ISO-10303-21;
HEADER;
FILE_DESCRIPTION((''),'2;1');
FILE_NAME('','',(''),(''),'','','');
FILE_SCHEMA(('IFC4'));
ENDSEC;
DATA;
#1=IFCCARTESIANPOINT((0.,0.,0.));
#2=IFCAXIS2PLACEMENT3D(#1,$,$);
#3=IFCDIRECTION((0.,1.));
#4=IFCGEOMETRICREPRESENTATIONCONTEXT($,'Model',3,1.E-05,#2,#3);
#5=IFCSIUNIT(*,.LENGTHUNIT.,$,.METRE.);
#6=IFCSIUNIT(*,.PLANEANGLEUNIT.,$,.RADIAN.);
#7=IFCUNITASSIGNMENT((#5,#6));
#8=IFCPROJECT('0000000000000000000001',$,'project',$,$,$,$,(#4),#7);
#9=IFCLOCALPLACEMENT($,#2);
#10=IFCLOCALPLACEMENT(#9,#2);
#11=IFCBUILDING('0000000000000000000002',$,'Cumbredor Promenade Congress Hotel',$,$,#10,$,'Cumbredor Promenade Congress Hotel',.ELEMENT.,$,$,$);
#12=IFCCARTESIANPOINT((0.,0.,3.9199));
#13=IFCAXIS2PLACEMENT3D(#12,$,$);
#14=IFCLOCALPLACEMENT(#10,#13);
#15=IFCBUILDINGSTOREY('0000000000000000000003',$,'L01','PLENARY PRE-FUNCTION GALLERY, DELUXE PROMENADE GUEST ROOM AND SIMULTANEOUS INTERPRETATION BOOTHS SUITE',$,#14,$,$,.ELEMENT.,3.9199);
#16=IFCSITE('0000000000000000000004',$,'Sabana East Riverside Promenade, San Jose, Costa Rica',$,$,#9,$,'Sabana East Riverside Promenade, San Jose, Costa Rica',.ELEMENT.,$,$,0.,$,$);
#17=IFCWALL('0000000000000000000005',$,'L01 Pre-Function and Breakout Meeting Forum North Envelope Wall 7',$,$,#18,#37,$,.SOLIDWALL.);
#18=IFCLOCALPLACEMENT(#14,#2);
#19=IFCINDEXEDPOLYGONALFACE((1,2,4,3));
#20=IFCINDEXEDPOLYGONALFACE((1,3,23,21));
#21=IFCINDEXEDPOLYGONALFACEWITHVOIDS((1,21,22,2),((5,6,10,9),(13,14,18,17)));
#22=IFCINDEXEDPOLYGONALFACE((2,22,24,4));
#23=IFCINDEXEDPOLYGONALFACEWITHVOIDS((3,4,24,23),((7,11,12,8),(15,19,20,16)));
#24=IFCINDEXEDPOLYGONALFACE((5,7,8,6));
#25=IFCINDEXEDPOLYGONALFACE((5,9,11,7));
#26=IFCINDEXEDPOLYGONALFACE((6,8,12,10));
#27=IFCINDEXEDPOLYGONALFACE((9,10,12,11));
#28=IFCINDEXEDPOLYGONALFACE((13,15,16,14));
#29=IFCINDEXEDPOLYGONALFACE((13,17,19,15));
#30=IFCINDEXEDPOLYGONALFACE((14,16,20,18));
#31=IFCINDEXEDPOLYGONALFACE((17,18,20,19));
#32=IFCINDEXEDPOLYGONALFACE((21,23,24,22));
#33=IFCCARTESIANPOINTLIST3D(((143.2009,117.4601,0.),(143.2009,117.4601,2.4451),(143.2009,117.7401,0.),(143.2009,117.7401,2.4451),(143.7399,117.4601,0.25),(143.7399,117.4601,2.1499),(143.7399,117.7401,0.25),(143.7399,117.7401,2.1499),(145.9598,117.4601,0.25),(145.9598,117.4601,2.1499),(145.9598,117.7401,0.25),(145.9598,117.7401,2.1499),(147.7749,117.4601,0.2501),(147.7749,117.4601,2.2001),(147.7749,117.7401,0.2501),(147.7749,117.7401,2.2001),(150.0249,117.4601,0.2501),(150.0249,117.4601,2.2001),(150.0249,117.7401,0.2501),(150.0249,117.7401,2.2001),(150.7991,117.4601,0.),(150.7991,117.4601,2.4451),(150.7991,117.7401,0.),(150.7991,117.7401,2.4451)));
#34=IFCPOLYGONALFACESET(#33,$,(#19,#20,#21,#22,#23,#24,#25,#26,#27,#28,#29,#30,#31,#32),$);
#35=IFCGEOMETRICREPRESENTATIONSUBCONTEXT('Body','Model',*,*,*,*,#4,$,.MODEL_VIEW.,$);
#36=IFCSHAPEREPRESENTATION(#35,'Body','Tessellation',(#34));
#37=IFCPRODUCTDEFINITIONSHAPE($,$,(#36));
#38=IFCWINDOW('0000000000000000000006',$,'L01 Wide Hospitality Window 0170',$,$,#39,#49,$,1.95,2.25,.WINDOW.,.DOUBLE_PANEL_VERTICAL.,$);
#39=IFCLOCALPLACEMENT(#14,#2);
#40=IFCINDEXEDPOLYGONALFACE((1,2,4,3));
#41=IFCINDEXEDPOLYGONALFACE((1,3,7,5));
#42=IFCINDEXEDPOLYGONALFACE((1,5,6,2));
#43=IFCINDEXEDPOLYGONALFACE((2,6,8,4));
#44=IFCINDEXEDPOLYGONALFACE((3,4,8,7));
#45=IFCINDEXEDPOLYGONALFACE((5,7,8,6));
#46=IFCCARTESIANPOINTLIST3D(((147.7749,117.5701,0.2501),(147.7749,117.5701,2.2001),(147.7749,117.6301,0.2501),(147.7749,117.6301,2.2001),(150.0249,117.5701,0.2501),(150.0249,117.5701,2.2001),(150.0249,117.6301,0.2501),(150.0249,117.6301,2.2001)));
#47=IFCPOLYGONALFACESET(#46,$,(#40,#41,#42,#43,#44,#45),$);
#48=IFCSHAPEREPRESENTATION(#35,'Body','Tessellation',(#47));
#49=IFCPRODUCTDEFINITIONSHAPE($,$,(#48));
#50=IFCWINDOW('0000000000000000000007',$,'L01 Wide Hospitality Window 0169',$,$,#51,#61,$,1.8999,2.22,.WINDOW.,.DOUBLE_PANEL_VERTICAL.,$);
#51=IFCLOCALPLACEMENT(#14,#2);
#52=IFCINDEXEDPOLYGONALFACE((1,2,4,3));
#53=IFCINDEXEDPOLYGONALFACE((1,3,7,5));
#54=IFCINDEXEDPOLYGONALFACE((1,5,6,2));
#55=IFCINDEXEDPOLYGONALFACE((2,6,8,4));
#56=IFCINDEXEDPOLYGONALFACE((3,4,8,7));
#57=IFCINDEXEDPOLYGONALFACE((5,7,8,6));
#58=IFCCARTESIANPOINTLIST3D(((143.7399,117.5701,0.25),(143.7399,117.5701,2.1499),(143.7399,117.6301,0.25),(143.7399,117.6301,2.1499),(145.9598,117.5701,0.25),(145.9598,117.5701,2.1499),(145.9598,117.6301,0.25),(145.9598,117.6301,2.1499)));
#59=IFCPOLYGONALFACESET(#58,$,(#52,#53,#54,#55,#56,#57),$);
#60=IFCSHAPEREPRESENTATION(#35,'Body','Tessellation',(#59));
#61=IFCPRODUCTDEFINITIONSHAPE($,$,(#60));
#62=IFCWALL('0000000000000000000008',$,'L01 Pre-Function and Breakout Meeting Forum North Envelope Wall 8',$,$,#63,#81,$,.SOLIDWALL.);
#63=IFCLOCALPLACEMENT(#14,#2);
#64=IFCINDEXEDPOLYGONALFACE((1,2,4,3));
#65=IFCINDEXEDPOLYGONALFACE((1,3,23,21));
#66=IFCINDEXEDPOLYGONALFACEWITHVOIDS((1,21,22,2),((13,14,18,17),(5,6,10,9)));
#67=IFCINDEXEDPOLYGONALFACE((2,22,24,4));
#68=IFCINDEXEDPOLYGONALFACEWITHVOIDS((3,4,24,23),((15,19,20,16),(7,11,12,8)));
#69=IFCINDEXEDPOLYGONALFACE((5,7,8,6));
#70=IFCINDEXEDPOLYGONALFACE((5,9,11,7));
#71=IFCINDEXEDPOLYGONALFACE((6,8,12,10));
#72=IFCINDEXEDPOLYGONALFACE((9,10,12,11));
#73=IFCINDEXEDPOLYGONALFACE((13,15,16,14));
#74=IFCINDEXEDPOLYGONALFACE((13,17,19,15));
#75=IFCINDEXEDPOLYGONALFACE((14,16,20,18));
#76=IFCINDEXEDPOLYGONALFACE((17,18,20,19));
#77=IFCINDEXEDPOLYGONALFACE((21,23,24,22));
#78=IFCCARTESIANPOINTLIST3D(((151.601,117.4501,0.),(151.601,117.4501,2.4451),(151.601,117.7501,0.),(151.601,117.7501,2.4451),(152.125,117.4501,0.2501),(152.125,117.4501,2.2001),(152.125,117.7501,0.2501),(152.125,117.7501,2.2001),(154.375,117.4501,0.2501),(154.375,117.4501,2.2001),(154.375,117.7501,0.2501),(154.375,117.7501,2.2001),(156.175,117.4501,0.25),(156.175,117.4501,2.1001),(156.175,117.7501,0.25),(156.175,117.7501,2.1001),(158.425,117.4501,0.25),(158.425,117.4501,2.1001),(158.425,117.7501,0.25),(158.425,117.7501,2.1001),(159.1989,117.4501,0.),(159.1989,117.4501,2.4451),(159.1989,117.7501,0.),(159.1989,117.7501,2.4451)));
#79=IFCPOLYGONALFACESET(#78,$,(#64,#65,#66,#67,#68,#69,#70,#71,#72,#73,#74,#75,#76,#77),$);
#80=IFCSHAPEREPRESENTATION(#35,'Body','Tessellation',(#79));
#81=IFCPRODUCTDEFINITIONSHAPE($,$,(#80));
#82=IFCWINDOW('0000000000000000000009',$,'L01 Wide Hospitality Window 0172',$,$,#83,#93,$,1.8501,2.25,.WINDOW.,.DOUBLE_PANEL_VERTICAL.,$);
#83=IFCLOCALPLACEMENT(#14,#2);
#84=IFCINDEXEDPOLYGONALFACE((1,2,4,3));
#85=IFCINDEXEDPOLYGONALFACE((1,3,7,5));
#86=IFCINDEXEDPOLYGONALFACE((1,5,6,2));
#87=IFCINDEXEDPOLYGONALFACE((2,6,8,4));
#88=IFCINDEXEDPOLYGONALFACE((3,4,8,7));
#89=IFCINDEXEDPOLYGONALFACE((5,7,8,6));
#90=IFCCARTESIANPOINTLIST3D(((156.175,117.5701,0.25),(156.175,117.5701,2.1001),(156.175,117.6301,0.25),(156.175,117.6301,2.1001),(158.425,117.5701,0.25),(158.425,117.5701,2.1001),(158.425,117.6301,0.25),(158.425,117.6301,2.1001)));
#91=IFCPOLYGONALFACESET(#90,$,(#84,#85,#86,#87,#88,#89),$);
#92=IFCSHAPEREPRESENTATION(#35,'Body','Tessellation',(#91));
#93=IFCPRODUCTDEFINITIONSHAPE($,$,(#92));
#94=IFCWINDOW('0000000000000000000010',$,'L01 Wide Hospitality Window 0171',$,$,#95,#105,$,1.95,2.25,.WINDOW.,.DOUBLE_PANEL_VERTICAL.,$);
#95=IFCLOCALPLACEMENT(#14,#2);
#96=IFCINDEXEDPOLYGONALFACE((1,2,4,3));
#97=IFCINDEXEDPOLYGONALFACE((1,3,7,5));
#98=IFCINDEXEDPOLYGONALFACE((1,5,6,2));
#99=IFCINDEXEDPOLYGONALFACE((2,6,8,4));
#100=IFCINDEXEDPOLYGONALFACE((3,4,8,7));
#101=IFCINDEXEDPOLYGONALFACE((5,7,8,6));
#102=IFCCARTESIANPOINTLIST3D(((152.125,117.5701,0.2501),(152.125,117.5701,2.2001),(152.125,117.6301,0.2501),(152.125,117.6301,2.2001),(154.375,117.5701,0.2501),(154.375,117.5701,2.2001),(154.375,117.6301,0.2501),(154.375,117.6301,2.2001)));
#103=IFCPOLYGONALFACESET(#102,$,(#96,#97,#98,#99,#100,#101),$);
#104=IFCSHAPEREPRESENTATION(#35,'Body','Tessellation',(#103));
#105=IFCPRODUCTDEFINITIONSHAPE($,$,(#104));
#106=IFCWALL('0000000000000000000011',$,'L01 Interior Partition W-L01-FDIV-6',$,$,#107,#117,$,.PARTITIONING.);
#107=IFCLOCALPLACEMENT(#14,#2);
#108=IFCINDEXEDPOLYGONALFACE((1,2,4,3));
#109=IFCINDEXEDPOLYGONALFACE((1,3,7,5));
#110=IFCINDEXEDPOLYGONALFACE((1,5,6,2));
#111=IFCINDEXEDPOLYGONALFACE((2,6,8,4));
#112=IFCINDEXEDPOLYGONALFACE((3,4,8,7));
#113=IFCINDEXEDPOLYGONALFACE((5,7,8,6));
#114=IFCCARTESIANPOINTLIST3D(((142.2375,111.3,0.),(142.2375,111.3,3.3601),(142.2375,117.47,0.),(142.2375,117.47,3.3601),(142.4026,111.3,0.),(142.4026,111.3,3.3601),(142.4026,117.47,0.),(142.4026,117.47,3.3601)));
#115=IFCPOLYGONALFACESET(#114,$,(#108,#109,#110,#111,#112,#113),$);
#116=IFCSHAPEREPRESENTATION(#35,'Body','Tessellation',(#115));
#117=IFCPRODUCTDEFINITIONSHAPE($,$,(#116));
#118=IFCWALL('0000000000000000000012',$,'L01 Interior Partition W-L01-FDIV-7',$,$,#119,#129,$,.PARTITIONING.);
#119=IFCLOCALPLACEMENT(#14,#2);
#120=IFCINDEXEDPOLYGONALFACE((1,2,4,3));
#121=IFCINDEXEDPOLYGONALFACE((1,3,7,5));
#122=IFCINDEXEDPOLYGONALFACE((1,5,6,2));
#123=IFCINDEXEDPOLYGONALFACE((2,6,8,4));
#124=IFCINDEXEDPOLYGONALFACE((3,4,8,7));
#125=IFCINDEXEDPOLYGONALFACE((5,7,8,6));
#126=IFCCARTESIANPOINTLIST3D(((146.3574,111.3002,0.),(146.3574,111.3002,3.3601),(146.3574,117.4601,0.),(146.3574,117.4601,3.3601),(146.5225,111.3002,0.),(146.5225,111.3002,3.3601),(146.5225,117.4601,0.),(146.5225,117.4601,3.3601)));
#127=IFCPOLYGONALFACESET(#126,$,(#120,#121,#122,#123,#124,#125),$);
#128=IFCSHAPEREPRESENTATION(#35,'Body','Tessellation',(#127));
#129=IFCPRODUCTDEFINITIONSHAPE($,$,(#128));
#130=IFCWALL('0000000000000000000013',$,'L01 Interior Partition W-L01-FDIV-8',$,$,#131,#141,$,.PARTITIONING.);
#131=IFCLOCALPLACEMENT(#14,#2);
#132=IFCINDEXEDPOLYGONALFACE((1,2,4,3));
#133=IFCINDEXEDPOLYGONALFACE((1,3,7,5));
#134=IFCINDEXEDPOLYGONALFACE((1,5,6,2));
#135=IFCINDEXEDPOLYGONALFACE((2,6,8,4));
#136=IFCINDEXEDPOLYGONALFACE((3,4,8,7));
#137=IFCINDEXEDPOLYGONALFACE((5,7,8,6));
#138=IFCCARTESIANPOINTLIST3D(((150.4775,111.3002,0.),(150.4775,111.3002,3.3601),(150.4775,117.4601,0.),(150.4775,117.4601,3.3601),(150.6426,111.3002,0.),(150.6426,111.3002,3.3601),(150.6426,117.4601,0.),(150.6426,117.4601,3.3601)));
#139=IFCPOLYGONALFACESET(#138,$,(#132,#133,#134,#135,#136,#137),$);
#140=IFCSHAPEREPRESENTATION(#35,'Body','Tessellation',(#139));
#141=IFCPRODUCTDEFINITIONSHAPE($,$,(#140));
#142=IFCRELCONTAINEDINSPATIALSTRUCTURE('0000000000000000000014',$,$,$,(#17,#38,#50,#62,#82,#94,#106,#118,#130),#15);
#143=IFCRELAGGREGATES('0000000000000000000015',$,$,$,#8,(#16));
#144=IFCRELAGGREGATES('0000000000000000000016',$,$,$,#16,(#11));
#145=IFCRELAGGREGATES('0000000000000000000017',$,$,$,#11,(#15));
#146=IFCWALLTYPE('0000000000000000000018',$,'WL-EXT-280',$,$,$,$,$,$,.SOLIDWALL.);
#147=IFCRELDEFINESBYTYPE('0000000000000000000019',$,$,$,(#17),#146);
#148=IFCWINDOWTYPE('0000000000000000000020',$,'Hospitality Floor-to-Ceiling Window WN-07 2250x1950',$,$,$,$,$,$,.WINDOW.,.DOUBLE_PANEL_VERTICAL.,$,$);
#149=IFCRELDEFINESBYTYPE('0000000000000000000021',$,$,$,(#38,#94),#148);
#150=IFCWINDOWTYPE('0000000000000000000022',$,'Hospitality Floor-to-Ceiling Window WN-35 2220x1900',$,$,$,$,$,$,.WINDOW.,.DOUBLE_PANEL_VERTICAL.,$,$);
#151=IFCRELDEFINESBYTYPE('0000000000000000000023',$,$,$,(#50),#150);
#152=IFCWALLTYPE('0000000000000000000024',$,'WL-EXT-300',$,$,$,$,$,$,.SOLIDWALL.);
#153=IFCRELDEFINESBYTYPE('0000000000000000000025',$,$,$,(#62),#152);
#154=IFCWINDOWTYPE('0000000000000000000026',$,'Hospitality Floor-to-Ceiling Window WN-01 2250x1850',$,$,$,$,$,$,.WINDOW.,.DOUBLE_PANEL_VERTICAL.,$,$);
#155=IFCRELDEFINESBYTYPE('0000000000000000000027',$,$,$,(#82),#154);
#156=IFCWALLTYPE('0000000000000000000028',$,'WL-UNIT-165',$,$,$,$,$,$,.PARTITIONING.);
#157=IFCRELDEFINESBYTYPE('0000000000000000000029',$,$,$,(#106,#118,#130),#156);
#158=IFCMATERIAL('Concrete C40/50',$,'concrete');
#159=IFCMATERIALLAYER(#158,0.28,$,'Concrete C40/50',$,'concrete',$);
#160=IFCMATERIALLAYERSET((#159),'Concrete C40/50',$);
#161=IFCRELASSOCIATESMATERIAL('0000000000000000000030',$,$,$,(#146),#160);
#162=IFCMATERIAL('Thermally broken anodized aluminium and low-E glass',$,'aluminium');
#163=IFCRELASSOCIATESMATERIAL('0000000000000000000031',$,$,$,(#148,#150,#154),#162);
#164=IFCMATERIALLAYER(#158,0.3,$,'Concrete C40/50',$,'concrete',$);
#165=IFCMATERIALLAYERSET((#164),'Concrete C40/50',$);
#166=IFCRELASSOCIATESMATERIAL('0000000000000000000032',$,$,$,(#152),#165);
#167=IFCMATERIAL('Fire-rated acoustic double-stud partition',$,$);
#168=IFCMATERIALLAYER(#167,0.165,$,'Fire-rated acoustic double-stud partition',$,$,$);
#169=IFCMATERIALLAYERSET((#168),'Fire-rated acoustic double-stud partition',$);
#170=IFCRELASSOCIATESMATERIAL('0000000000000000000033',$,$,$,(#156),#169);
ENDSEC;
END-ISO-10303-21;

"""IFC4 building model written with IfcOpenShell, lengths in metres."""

from ifc_helpers import new_model, si_unit, direction, frame, frame_2d, origin, place, context, subcontext, project, spatial, rectangle, extrude, material, layer, layer_set, type_object, element, fill, save


model = new_model("IFC4")

# Units and contexts
model_context = context("Model", 3, precision=1e-05, world=origin(), true_north=direction((0.0, 1.0)))
body_context = subcontext(model_context, "Body", "Model", "MODEL_VIEW")
ifc_project = project(units=[si_unit("LENGTHUNIT", "METRE"), si_unit("PLANEANGLEUNIT", "RADIAN")], contexts=[model_context])

# Site, building, storey
site_placement = place(None, origin())
site = spatial("IfcSite", under=ifc_project, at=site_placement, Name="Sabana East Riverside Promenade, San Jose, Costa Rica", LongName="Sabana East Riverside Promenade, San Jose, Costa Rica", CompositionType="ELEMENT", RefElevation=0.0)
building_placement = place(site_placement, origin())
building = spatial("IfcBuilding", under=site, at=building_placement, Name="Cumbredor Promenade Congress Hotel", LongName="Cumbredor Promenade Congress Hotel", CompositionType="ELEMENT")
storey_placement = place(building_placement, frame((0.0, 0.0, 3.9199)))
storey = spatial("IfcBuildingStorey", under=building, at=storey_placement, Name="L01", Description="PLENARY PRE-FUNCTION GALLERY, DELUXE PROMENADE GUEST ROOM AND SIMULTANEOUS INTERPRETATION BOOTHS SUITE", CompositionType="ELEMENT", Elevation=3.9199)

# Shared definitions
ifc_material_1 = material(Name="Thermally broken anodized aluminium and low-E glass", Category="aluminium")

# Shared definitions
ifc_material_2 = material(Name="Concrete C40/50", Category="concrete")

# Walls, openings, windows
ifc_layer_1 = layer(ifc_material_2, 0.28, Name="Concrete C40/50", Category="concrete")
ifc_layer_set_1 = layer_set([ifc_layer_1], Name="Concrete C40/50")
wall_type_1 = type_object("IfcWallType", Name="WL-EXT-280", PredefinedType="SOLIDWALL", material=ifc_layer_set_1)
wall_1_placement = place(storey_placement, frame((143.2009, 117.6001, 0.0), z_axis=(0.0, 0.0, 1.0), x_axis=(1.0, 0.0, 0.0)))
wall_1 = element("IfcWall", 1, at=wall_1_placement, inside=storey, type_object=wall_type_1, Name="L01 Pre-Function and Breakout Meeting Forum North Envelope Wall 7", PredefinedType="SOLIDWALL", context=body_context, shape_type="SweptSolid", body=[
    extrude(rectangle(XDim=7.5981, YDim=0.28, at=frame_2d((3.7991, 0.0))), origin(), (0.0, 0.0, 1.0), 2.4451),
])
opening_1_placement = place(wall_1_placement, frame((0.5391, 0.0, 0.25)))
opening_1 = element("IfcOpeningElement", 2, at=opening_1_placement, cuts=wall_1, PredefinedType="OPENING", context=body_context, shape_type="SweptSolid", body=[
    extrude(rectangle(XDim=2.22, YDim=1.8999, at=frame_2d((1.1099, 0.95))), frame((0.0, 0.1499, 0.0), z_axis=(0.0, -1.0, 0.0), x_axis=(1.0, 0.0, 0.0)), (0.0, 0.0, 1.0), 0.3),
])
opening_2_placement = place(wall_1_placement, frame((4.574, 0.0, 0.25)))
opening_2 = element("IfcOpeningElement", 3, at=opening_2_placement, cuts=wall_1, PredefinedType="OPENING", context=body_context, shape_type="SweptSolid", body=[
    extrude(rectangle(XDim=2.25, YDim=1.95, at=frame_2d((1.125, 0.9751))), frame((0.0, 0.1499, 0.0), z_axis=(0.0, -1.0, 0.0), x_axis=(1.0, 0.0, 0.0)), (0.0, 0.0, 1.0), 0.3),
])
window_type_1 = type_object("IfcWindowType", Name="Hospitality Floor-to-Ceiling Window WN-07 2250x1950", PartitioningType="DOUBLE_PANEL_VERTICAL", PredefinedType="WINDOW", material=ifc_material_1)
window_1_placement = place(opening_2_placement, origin())
window_1 = element("IfcWindow", 4, at=window_1_placement, inside=storey, type_object=window_type_1, Name="L01 Wide Hospitality Window 0170", OverallHeight=1.95, OverallWidth=2.25, PartitioningType="DOUBLE_PANEL_VERTICAL", PredefinedType="WINDOW", context=body_context, shape_type="SweptSolid", body=[
    extrude(rectangle(XDim=2.25, YDim=1.95, at=frame_2d((1.125, 0.9751))), frame((0.0, 0.03, 0.0), z_axis=(0.0, -1.0, 0.0), x_axis=(1.0, 0.0, 0.0)), (0.0, 0.0, 1.0), 0.0601),
])
fill(opening_2, window_1)
window_type_2 = type_object("IfcWindowType", Name="Hospitality Floor-to-Ceiling Window WN-35 2220x1900", PartitioningType="DOUBLE_PANEL_VERTICAL", PredefinedType="WINDOW", material=ifc_material_1)
window_2_placement = place(opening_1_placement, origin())
window_2 = element("IfcWindow", 5, at=window_2_placement, inside=storey, type_object=window_type_2, Name="L01 Wide Hospitality Window 0169", OverallHeight=1.8999, OverallWidth=2.22, PartitioningType="DOUBLE_PANEL_VERTICAL", PredefinedType="WINDOW", context=body_context, shape_type="SweptSolid", body=[
    extrude(rectangle(XDim=2.22, YDim=1.8999, at=frame_2d((1.1099, 0.95))), frame((0.0, 0.03, 0.0), z_axis=(0.0, -1.0, 0.0), x_axis=(1.0, 0.0, 0.0)), (0.0, 0.0, 1.0), 0.0601),
])
fill(opening_1, window_2)
ifc_layer_2 = layer(ifc_material_2, 0.3, Name="Concrete C40/50", Category="concrete")
ifc_layer_set_2 = layer_set([ifc_layer_2], Name="Concrete C40/50")
wall_type_2 = type_object("IfcWallType", Name="WL-EXT-300", PredefinedType="SOLIDWALL", material=ifc_layer_set_2)
wall_2_placement = place(storey_placement, frame((151.6011, 117.6001, 0.0), z_axis=(0.0, 0.0, 1.0), x_axis=(1.0, 0.0, 0.0)))
wall_2 = element("IfcWall", 6, at=wall_2_placement, inside=storey, type_object=wall_type_2, Name="L01 Pre-Function and Breakout Meeting Forum North Envelope Wall 8", PredefinedType="SOLIDWALL", context=body_context, shape_type="SweptSolid", body=[
    extrude(rectangle(XDim=7.5979, YDim=0.3, at=frame_2d((3.7988, 0.0))), origin(), (0.0, 0.0, 1.0), 2.4451),
])
opening_3_placement = place(wall_2_placement, frame((0.5239, 0.0, 0.25)))
opening_3 = element("IfcOpeningElement", 7, at=opening_3_placement, cuts=wall_2, PredefinedType="OPENING", context=body_context, shape_type="SweptSolid", body=[
    extrude(rectangle(XDim=2.25, YDim=1.95, at=frame_2d((1.125, 0.9751))), frame((0.0, 0.1602, 0.0), z_axis=(0.0, -1.0, 0.0), x_axis=(1.0, 0.0, 0.0)), (0.0, 0.0, 1.0), 0.3201),
])
opening_4_placement = place(wall_2_placement, frame((4.574, 0.0, 0.25)))
opening_4 = element("IfcOpeningElement", 8, at=opening_4_placement, cuts=wall_2, PredefinedType="OPENING", context=body_context, shape_type="SweptSolid", body=[
    extrude(rectangle(XDim=2.25, YDim=1.8501, at=frame_2d((1.125, 0.925))), frame((0.0, 0.1602, 0.0), z_axis=(0.0, -1.0, 0.0), x_axis=(1.0, 0.0, 0.0)), (0.0, 0.0, 1.0), 0.3201),
])
window_type_3 = type_object("IfcWindowType", Name="Hospitality Floor-to-Ceiling Window WN-01 2250x1850", PartitioningType="DOUBLE_PANEL_VERTICAL", PredefinedType="WINDOW", material=ifc_material_1)
window_3_placement = place(opening_4_placement, origin())
window_3 = element("IfcWindow", 9, at=window_3_placement, inside=storey, type_object=window_type_3, Name="L01 Wide Hospitality Window 0172", OverallHeight=1.8501, OverallWidth=2.25, PartitioningType="DOUBLE_PANEL_VERTICAL", PredefinedType="WINDOW", context=body_context, shape_type="SweptSolid", body=[
    extrude(rectangle(XDim=2.25, YDim=1.8501, at=frame_2d((1.125, 0.925))), frame((0.0, 0.03, 0.0), z_axis=(0.0, -1.0, 0.0), x_axis=(1.0, 0.0, 0.0)), (0.0, 0.0, 1.0), 0.0601),
])
fill(opening_4, window_3)
window_4_placement = place(opening_3_placement, origin())
window_4 = element("IfcWindow", 10, at=window_4_placement, inside=storey, type_object=window_type_1, Name="L01 Wide Hospitality Window 0171", OverallHeight=1.95, OverallWidth=2.25, PartitioningType="DOUBLE_PANEL_VERTICAL", PredefinedType="WINDOW", context=body_context, shape_type="SweptSolid", body=[
    extrude(rectangle(XDim=2.25, YDim=1.95, at=frame_2d((1.125, 0.9751))), frame((0.0, 0.03, 0.0), z_axis=(0.0, -1.0, 0.0), x_axis=(1.0, 0.0, 0.0)), (0.0, 0.0, 1.0), 0.0601),
])
fill(opening_3, window_4)

# Walls
ifc_material_3 = material(Name="Fire-rated acoustic double-stud partition")
ifc_layer_3 = layer(ifc_material_3, 0.165, Name="Fire-rated acoustic double-stud partition")
ifc_layer_set_3 = layer_set([ifc_layer_3], Name="Fire-rated acoustic double-stud partition")
wall_type_3 = type_object("IfcWallType", Name="WL-UNIT-165", PredefinedType="PARTITIONING", material=ifc_layer_set_3)
wall_3_placement = place(storey_placement, frame((142.3201, 111.3, 0.0), z_axis=(0.0, 0.0, 1.0), x_axis=(0.0, 1.0, 0.0)))
element("IfcWall", 11, at=wall_3_placement, inside=storey, type_object=wall_type_3, Name="L01 Interior Partition W-L01-FDIV-6", PredefinedType="PARTITIONING", context=body_context, shape_type="SweptSolid", body=[
    extrude(rectangle(XDim=6.1699, YDim=0.165, at=frame_2d((3.085, 0.0))), origin(), (0.0, 0.0, 1.0), 3.3601),
])
for number, where, z_axis, x_axis, name in (
    (12, (146.4399, 111.3, 0.0), (0.0, 0.0, 1.0), (0.0, 1.0, 0.0), "L01 Interior Partition W-L01-FDIV-7"),
    (13, (150.5601, 111.3, 0.0), (0.0, 0.0, 1.0), (0.0, 1.0, 0.0), "L01 Interior Partition W-L01-FDIV-8"),
):
    element("IfcWall", number, at=place(storey_placement, frame(where, z_axis=z_axis, x_axis=x_axis)), inside=storey, type_object=wall_type_3, Name=name, PredefinedType="PARTITIONING", context=body_context, shape_type="SweptSolid", body=[
        extrude(rectangle(XDim=6.1599, YDim=0.165, at=frame_2d((3.0801, 0.0))), origin(), (0.0, 0.0, 1.0), 3.3601),
    ])

save(model, "model.ifc")
